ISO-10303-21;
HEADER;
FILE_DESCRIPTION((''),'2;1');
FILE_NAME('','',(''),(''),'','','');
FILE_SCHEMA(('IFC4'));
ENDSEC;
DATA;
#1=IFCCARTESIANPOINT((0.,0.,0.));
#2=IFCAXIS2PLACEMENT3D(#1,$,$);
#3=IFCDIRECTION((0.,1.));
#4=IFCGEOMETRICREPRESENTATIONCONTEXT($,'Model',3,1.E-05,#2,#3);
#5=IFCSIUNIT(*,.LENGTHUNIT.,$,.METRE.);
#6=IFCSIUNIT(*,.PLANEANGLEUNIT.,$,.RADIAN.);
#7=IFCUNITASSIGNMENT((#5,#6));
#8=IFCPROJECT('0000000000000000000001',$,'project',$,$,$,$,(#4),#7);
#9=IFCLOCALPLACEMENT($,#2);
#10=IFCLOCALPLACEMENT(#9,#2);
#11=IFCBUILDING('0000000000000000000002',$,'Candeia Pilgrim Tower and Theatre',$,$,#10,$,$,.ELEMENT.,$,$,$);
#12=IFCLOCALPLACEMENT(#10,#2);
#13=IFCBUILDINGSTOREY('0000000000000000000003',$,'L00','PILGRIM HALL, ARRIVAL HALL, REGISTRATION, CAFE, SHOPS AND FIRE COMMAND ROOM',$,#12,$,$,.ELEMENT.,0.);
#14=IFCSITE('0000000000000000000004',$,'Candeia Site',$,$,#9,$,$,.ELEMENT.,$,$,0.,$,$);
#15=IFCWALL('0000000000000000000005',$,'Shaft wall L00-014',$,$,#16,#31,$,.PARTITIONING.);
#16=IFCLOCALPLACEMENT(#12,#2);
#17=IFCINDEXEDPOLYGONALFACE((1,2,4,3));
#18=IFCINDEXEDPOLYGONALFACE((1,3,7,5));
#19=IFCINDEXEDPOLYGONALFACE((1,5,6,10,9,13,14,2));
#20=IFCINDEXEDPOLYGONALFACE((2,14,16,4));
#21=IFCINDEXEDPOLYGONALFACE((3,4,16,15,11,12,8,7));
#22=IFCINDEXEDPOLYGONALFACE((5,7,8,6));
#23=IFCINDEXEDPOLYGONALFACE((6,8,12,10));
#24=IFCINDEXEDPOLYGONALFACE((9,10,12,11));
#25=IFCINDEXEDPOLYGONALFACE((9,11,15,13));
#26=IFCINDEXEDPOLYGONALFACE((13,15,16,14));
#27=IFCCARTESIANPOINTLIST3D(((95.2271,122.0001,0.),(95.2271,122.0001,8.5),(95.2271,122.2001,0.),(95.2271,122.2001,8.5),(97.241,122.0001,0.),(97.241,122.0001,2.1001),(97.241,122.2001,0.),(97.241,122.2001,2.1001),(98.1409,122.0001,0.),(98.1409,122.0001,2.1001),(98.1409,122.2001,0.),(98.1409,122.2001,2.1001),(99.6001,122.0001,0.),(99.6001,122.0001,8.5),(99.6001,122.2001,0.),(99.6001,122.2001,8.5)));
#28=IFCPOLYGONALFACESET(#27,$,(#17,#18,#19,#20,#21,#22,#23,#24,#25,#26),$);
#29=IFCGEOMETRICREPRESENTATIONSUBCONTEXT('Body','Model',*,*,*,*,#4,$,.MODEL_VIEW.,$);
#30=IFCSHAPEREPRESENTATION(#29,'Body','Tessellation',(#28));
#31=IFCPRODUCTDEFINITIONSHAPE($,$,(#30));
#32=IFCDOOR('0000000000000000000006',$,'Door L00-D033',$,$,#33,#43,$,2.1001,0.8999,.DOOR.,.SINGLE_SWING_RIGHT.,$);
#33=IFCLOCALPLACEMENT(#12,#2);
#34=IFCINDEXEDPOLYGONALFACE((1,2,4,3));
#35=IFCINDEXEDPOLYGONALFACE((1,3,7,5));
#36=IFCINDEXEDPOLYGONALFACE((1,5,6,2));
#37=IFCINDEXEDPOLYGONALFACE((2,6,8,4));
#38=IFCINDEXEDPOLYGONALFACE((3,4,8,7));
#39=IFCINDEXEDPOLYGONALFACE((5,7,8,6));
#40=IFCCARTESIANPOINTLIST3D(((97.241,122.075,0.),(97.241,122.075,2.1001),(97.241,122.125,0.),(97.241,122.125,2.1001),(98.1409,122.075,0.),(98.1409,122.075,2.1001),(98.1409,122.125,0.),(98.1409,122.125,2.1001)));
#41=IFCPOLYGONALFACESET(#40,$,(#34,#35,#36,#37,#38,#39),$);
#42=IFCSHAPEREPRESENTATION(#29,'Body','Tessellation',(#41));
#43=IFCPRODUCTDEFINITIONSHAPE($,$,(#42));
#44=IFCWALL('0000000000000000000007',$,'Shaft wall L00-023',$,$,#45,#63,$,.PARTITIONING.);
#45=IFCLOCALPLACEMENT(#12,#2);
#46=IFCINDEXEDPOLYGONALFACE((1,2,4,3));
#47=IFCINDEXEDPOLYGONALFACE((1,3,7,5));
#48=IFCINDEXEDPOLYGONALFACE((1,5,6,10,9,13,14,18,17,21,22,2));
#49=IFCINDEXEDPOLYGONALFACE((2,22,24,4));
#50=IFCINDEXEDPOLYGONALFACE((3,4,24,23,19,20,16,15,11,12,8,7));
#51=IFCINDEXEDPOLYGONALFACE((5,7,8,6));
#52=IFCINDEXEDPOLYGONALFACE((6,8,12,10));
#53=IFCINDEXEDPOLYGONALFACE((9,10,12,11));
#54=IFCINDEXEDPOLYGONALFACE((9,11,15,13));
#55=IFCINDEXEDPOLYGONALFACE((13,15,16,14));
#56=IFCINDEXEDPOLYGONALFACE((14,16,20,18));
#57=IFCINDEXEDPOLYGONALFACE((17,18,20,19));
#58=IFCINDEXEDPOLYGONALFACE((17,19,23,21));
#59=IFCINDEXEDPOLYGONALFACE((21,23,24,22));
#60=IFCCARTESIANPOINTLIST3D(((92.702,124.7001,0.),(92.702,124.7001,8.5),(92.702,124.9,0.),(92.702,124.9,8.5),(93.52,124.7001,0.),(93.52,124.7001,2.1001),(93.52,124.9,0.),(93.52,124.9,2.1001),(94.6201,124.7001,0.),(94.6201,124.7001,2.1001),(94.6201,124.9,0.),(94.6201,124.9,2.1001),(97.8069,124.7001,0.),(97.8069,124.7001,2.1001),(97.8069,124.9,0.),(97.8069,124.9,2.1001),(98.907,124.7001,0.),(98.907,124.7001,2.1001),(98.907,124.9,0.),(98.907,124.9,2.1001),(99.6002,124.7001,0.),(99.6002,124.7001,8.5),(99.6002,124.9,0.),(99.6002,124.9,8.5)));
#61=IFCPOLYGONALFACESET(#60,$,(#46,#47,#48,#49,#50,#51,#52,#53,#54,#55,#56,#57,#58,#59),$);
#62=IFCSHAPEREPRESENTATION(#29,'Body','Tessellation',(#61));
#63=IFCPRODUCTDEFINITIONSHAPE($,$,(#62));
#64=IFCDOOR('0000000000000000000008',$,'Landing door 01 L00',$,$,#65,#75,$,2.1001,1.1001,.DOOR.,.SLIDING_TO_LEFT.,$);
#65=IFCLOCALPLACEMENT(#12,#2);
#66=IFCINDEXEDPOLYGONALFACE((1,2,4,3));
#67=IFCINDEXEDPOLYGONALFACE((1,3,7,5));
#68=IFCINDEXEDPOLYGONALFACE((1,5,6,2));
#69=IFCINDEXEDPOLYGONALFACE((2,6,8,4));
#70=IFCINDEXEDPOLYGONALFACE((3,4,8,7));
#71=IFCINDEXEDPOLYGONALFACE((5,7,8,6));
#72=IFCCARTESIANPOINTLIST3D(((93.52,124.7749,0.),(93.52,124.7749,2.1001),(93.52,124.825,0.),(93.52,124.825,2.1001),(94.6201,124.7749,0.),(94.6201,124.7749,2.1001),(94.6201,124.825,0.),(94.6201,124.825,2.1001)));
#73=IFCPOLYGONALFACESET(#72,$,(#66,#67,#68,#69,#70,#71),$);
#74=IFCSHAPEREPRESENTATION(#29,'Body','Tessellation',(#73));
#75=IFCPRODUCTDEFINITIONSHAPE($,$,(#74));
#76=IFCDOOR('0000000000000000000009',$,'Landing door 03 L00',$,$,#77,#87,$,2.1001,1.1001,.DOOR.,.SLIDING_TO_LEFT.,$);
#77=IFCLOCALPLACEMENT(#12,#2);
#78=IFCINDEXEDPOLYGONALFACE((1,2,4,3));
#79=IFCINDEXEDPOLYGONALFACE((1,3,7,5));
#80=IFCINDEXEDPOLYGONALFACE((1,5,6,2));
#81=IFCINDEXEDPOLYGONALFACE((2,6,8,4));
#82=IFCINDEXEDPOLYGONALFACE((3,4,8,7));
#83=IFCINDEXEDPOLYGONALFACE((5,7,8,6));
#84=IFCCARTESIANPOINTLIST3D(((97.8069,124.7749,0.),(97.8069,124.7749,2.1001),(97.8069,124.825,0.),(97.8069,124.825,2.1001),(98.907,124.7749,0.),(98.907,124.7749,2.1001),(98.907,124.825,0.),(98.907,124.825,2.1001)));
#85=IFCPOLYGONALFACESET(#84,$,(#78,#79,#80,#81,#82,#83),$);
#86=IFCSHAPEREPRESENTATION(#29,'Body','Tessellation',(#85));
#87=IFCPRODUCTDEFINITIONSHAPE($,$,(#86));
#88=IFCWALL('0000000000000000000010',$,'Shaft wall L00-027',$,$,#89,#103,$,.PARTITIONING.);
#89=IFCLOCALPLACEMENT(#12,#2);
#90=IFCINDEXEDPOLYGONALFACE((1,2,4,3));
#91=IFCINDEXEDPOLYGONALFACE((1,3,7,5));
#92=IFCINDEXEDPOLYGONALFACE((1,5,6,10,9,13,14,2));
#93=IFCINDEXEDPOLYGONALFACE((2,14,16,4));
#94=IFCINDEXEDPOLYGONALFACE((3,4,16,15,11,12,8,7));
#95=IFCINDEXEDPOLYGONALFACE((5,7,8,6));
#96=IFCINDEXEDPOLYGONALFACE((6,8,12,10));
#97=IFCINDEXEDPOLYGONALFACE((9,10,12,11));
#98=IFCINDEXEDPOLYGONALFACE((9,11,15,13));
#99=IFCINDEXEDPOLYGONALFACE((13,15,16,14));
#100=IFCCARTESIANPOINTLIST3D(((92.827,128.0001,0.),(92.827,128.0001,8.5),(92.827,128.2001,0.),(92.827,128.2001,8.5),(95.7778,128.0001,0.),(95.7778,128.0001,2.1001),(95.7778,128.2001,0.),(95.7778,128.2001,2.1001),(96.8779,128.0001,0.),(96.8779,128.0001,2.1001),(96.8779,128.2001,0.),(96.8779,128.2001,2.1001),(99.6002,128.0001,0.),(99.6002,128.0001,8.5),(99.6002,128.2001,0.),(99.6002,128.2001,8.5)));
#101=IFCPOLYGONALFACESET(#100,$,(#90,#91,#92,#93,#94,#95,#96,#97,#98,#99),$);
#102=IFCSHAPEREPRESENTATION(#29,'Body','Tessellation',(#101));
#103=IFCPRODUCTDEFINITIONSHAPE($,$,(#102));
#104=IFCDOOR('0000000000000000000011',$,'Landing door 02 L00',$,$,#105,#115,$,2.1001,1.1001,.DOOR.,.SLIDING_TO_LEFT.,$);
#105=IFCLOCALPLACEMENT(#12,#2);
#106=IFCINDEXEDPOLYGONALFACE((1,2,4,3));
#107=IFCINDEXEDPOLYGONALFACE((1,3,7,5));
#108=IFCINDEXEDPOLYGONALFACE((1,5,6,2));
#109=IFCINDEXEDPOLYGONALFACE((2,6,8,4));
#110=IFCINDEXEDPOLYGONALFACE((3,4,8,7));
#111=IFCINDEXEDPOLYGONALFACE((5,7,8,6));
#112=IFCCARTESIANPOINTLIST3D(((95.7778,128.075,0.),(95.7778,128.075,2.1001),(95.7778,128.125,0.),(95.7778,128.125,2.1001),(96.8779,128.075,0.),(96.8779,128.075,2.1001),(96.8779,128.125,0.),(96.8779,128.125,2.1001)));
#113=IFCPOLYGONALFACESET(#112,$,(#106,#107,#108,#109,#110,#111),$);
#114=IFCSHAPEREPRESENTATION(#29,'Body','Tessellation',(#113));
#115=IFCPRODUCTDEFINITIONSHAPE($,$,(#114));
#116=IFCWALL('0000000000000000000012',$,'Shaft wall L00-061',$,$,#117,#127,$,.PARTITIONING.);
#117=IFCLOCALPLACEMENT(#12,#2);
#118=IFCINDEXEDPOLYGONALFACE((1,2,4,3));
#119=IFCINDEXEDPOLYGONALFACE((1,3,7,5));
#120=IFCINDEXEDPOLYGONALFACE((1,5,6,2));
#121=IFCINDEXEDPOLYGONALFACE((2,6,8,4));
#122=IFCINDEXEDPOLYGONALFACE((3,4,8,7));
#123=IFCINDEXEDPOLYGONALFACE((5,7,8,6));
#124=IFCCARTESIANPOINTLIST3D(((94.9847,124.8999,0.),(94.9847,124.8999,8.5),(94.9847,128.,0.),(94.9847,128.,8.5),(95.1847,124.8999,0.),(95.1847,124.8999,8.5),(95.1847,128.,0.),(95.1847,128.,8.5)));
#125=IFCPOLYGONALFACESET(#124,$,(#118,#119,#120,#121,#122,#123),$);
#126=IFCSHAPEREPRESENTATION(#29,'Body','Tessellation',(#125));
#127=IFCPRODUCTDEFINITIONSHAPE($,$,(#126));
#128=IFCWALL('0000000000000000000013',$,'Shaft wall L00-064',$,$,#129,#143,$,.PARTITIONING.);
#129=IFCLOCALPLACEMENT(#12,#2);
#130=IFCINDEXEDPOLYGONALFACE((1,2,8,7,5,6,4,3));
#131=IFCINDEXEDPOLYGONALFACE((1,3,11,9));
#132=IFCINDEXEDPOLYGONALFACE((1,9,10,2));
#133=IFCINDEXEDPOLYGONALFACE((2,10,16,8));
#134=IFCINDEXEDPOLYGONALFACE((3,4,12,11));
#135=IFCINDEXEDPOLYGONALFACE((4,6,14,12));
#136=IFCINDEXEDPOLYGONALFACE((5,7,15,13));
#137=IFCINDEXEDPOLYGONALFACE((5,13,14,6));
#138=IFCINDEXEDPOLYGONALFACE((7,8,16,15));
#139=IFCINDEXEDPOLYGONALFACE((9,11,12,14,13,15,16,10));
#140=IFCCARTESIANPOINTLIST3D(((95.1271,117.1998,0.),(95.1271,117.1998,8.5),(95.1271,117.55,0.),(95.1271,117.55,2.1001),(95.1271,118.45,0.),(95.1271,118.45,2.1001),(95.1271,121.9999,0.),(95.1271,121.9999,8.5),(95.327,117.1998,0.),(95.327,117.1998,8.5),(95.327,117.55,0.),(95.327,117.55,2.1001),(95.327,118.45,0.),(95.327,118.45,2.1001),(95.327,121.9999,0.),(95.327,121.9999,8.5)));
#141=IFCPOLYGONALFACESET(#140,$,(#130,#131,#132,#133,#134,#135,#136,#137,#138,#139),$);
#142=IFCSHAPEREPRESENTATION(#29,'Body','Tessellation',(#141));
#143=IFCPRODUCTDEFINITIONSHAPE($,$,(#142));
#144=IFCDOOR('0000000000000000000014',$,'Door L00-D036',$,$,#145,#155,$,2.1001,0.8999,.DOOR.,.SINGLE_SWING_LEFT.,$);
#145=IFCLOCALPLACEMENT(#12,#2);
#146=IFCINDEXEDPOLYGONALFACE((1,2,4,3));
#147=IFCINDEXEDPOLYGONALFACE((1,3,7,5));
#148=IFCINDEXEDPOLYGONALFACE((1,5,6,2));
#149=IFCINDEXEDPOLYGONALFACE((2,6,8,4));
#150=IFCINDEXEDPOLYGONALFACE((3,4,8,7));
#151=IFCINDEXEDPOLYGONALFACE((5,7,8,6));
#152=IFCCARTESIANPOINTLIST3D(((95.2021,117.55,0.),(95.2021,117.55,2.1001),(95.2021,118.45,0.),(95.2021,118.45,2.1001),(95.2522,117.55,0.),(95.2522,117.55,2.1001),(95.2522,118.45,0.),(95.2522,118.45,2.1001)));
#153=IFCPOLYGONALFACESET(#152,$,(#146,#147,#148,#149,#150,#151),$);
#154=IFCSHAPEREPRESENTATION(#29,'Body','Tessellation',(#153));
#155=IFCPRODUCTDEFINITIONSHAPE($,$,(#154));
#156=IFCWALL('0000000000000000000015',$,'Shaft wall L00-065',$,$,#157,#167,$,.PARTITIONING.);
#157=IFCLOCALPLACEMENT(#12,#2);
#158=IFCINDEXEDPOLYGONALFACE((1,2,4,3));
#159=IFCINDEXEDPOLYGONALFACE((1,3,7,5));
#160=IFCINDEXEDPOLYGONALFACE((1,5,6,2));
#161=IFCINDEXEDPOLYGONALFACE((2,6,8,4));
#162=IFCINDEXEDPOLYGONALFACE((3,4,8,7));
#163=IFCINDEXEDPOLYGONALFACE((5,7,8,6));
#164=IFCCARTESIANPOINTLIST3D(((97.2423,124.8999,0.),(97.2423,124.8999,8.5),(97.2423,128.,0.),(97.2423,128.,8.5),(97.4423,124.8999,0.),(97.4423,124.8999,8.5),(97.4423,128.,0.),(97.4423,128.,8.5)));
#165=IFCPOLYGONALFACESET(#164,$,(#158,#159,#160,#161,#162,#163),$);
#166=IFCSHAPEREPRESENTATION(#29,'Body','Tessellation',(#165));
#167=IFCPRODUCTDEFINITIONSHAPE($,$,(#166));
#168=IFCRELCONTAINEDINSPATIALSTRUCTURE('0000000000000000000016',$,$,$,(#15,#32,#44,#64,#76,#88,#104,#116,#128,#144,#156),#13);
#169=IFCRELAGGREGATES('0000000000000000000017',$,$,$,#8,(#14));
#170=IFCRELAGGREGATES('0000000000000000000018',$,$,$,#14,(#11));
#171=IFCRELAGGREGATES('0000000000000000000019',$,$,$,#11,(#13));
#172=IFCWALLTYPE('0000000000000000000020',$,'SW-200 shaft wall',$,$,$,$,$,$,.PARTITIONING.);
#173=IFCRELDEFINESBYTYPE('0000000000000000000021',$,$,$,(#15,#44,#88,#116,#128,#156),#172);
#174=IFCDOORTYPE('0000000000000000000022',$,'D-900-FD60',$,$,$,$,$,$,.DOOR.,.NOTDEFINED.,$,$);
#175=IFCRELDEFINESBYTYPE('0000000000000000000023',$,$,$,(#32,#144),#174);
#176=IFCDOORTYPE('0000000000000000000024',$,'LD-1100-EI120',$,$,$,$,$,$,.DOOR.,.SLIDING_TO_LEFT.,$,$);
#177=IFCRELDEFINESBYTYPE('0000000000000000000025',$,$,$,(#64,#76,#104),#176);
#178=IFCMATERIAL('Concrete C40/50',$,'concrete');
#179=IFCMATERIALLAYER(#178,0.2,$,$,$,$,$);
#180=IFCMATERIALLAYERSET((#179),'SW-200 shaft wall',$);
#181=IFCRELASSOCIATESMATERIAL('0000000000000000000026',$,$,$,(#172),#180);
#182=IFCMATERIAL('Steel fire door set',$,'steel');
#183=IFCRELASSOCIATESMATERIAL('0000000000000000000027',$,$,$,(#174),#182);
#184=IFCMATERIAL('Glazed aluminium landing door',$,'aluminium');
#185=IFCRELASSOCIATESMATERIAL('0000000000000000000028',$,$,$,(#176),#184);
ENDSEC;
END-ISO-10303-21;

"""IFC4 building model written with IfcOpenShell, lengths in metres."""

from ifc_helpers import new_model, si_unit, direction, frame, frame_2d, origin, place, context, subcontext, project, spatial, rectangle, extrude, material, layer, layer_set, type_object, element, fill, save


model = new_model("IFC4")

# Units and contexts
model_context = context("Model", 3, precision=1e-05, world=origin(), true_north=direction((0.0, 1.0)))
body_context = subcontext(model_context, "Body", "Model", "MODEL_VIEW")
ifc_project = project(units=[si_unit("LENGTHUNIT", "METRE"), si_unit("PLANEANGLEUNIT", "RADIAN")], contexts=[model_context])

# Site, building, storey
site_placement = place(None, origin())
site = spatial("IfcSite", under=ifc_project, at=site_placement, Name="Candeia Site", CompositionType="ELEMENT", RefElevation=0.0)
building_placement = place(site_placement, origin())
building = spatial("IfcBuilding", under=site, at=building_placement, Name="Candeia Pilgrim Tower and Theatre", CompositionType="ELEMENT")
storey_placement = place(building_placement, origin())
storey = spatial("IfcBuildingStorey", under=building, at=storey_placement, Name="L00", Description="PILGRIM HALL, ARRIVAL HALL, REGISTRATION, CAFE, SHOPS AND FIRE COMMAND ROOM", CompositionType="ELEMENT", Elevation=0.0)

# Shared definitions
ifc_material_1 = material(Name="Concrete C40/50", Category="concrete")

# Shared definitions
ifc_material_2 = material(Name="Steel fire door set", Category="steel")

# Shared definitions
ifc_layer_1 = layer(ifc_material_1, 0.2)
ifc_layer_set_1 = layer_set([ifc_layer_1], Name="SW-200 shaft wall")
wall_type_1 = type_object("IfcWallType", Name="SW-200 shaft wall", PredefinedType="PARTITIONING", material=ifc_layer_set_1)

# Wall, opening, door
wall_1_placement = place(storey_placement, frame((95.2271, 122.1001, 0.0), z_axis=(0.0, 0.0, 1.0), x_axis=(1.0, 0.0, 0.0)))
wall_1 = element("IfcWall", 1, at=wall_1_placement, inside=storey, type_object=wall_type_1, Name="Shaft wall L00-014", PredefinedType="PARTITIONING", context=body_context, shape_type="SweptSolid", body=[
    extrude(rectangle(XDim=4.373, YDim=0.2, at=frame_2d((2.1865, 0.0))), origin(), (0.0, 0.0, 1.0), 8.5),
])
opening_1_placement = place(wall_1_placement, frame((2.0139, 0.0, 0.0)))
opening_1 = element("IfcOpeningElement", 2, at=opening_1_placement, cuts=wall_1, PredefinedType="OPENING", context=body_context, shape_type="SweptSolid", body=[
    extrude(rectangle(XDim=0.8999, YDim=2.1001, at=frame_2d((0.45, 1.05))), frame((0.0, 0.1099, 0.0), z_axis=(0.0, -1.0, 0.0), x_axis=(1.0, 0.0, 0.0)), (0.0, 0.0, 1.0), 0.22),
])
door_type_1 = type_object("IfcDoorType", Name="D-900-FD60", OperationType="NOTDEFINED", PredefinedType="DOOR", material=ifc_material_2)
door_1_placement = place(opening_1_placement, origin())
door_1 = element("IfcDoor", 3, at=door_1_placement, inside=storey, type_object=door_type_1, Name="Door L00-D033", OperationType="SINGLE_SWING_RIGHT", OverallHeight=2.1001, OverallWidth=0.8999, PredefinedType="DOOR", context=body_context, shape_type="SweptSolid", body=[
    extrude(rectangle(XDim=0.8999, YDim=2.1001, at=frame_2d((0.45, 1.05))), frame((0.0, 0.0249, 0.0), z_axis=(0.0, -1.0, 0.0), x_axis=(1.0, 0.0, 0.0)), (0.0, 0.0, 1.0), 0.05),
])
fill(opening_1, door_1)

# Wall, openings, doors
wall_2_placement = place(storey_placement, frame((92.7019, 124.8, 0.0), z_axis=(0.0, 0.0, 1.0), x_axis=(1.0, 0.0, 0.0)))
wall_2 = element("IfcWall", 4, at=wall_2_placement, inside=storey, type_object=wall_type_1, Name="Shaft wall L00-023", PredefinedType="PARTITIONING", context=body_context, shape_type="SweptSolid", body=[
    extrude(rectangle(XDim=6.8982, YDim=0.2, at=frame_2d((3.4492, 0.0))), origin(), (0.0, 0.0, 1.0), 8.5),
])
opening_2_placement = place(wall_2_placement, frame((0.8181, 0.0, 0.0)))
opening_2 = element("IfcOpeningElement", 5, at=opening_2_placement, cuts=wall_2, PredefinedType="OPENING", context=body_context, shape_type="SweptSolid", body=[
    extrude(rectangle(XDim=1.1001, YDim=2.1001, at=frame_2d((0.55, 1.05))), frame((0.0, 0.1099, 0.0), z_axis=(0.0, -1.0, 0.0), x_axis=(1.0, 0.0, 0.0)), (0.0, 0.0, 1.0), 0.22),
])
opening_3_placement = place(wall_2_placement, frame((5.105, 0.0, 0.0)))
opening_3 = element("IfcOpeningElement", 6, at=opening_3_placement, cuts=wall_2, PredefinedType="OPENING", context=body_context, shape_type="SweptSolid", body=[
    extrude(rectangle(XDim=1.1001, YDim=2.1001, at=frame_2d((0.55, 1.05))), frame((0.0, 0.1099, 0.0), z_axis=(0.0, -1.0, 0.0), x_axis=(1.0, 0.0, 0.0)), (0.0, 0.0, 1.0), 0.22),
])
ifc_material_3 = material(Name="Glazed aluminium landing door", Category="aluminium")
door_type_2 = type_object("IfcDoorType", Name="LD-1100-EI120", OperationType="SLIDING_TO_LEFT", PredefinedType="DOOR", material=ifc_material_3)
door_2_placement = place(opening_2_placement, origin())
door_2 = element("IfcDoor", 7, at=door_2_placement, inside=storey, type_object=door_type_2, Name="Landing door 01 L00", OperationType="SLIDING_TO_LEFT", OverallHeight=2.1001, OverallWidth=1.1001, PredefinedType="DOOR", context=body_context, shape_type="SweptSolid", body=[
    extrude(rectangle(XDim=1.1001, YDim=2.1001, at=frame_2d((0.55, 1.05))), frame((0.0, 0.0249, 0.0), z_axis=(0.0, -1.0, 0.0), x_axis=(1.0, 0.0, 0.0)), (0.0, 0.0, 1.0), 0.05),
])
fill(opening_2, door_2)
door_3_placement = place(opening_3_placement, origin())
door_3 = element("IfcDoor", 8, at=door_3_placement, inside=storey, type_object=door_type_2, Name="Landing door 03 L00", OperationType="SLIDING_TO_LEFT", OverallHeight=2.1001, OverallWidth=1.1001, PredefinedType="DOOR", context=body_context, shape_type="SweptSolid", body=[
    extrude(rectangle(XDim=1.1001, YDim=2.1001, at=frame_2d((0.55, 1.05))), frame((0.0, 0.0249, 0.0), z_axis=(0.0, -1.0, 0.0), x_axis=(1.0, 0.0, 0.0)), (0.0, 0.0, 1.0), 0.05),
])
fill(opening_3, door_3)

# Wall, opening, door
wall_3_placement = place(storey_placement, frame((92.8269, 128.1001, 0.0), z_axis=(0.0, 0.0, 1.0), x_axis=(1.0, 0.0, 0.0)))
wall_3 = element("IfcWall", 9, at=wall_3_placement, inside=storey, type_object=wall_type_1, Name="Shaft wall L00-027", PredefinedType="PARTITIONING", context=body_context, shape_type="SweptSolid", body=[
    extrude(rectangle(XDim=6.7732, YDim=0.2, at=frame_2d((3.3867, 0.0))), origin(), (0.0, 0.0, 1.0), 8.5),
])
opening_4_placement = place(wall_3_placement, frame((2.9509, 0.0, 0.0)))
opening_4 = element("IfcOpeningElement", 10, at=opening_4_placement, cuts=wall_3, PredefinedType="OPENING", context=body_context, shape_type="SweptSolid", body=[
    extrude(rectangle(XDim=1.1001, YDim=2.1001, at=frame_2d((0.55, 1.05))), frame((0.0, 0.1099, 0.0), z_axis=(0.0, -1.0, 0.0), x_axis=(1.0, 0.0, 0.0)), (0.0, 0.0, 1.0), 0.22),
])
door_4_placement = place(opening_4_placement, origin())
door_4 = element("IfcDoor", 11, at=door_4_placement, inside=storey, type_object=door_type_2, Name="Landing door 02 L00", OperationType="SLIDING_TO_LEFT", OverallHeight=2.1001, OverallWidth=1.1001, PredefinedType="DOOR", context=body_context, shape_type="SweptSolid", body=[
    extrude(rectangle(XDim=1.1001, YDim=2.1001, at=frame_2d((0.55, 1.05))), frame((0.0, 0.0249, 0.0), z_axis=(0.0, -1.0, 0.0), x_axis=(1.0, 0.0, 0.0)), (0.0, 0.0, 1.0), 0.05),
])
fill(opening_4, door_4)

# Wall
wall_4_placement = place(storey_placement, frame((95.0847, 124.8999, 0.0), z_axis=(0.0, 0.0, 1.0), x_axis=(0.0, 1.0, 0.0)))
element("IfcWall", 12, at=wall_4_placement, inside=storey, type_object=wall_type_1, Name="Shaft wall L00-061", PredefinedType="PARTITIONING", context=body_context, shape_type="SweptSolid", body=[
    extrude(rectangle(XDim=3.1001, YDim=0.2, at=frame_2d((1.55, 0.0))), origin(), (0.0, 0.0, 1.0), 8.5),
])

# Wall, opening, door
wall_5_placement = place(storey_placement, frame((95.2271, 117.2, 0.0), z_axis=(0.0, 0.0, 1.0), x_axis=(0.0, 1.0, 0.0)))
wall_5 = element("IfcWall", 13, at=wall_5_placement, inside=storey, type_object=wall_type_1, Name="Shaft wall L00-064", PredefinedType="PARTITIONING", context=body_context, shape_type="SweptSolid", body=[
    extrude(rectangle(XDim=4.8, YDim=0.2, at=frame_2d((2.3999, 0.0))), origin(), (0.0, 0.0, 1.0), 8.5),
])
opening_5_placement = place(wall_5_placement, frame((0.3501, 0.0, 0.0)))
opening_5 = element("IfcOpeningElement", 14, at=opening_5_placement, cuts=wall_5, PredefinedType="OPENING", context=body_context, shape_type="SweptSolid", body=[
    extrude(rectangle(XDim=0.8999, YDim=2.1001, at=frame_2d((0.45, 1.05))), frame((0.0, 0.1099, 0.0), z_axis=(0.0, -1.0, 0.0), x_axis=(1.0, 0.0, 0.0)), (0.0, 0.0, 1.0), 0.22),
])
door_5_placement = place(opening_5_placement, origin())
door_5 = element("IfcDoor", 15, at=door_5_placement, inside=storey, type_object=door_type_1, Name="Door L00-D036", OperationType="SINGLE_SWING_LEFT", OverallHeight=2.1001, OverallWidth=0.8999, PredefinedType="DOOR", context=body_context, shape_type="SweptSolid", body=[
    extrude(rectangle(XDim=0.8999, YDim=2.1001, at=frame_2d((0.45, 1.05))), frame((0.0, 0.0249, 0.0), z_axis=(0.0, -1.0, 0.0), x_axis=(1.0, 0.0, 0.0)), (0.0, 0.0, 1.0), 0.05),
])
fill(opening_5, door_5)

# Wall
wall_6_placement = place(storey_placement, frame((97.3423, 124.8999, 0.0), z_axis=(0.0, 0.0, 1.0), x_axis=(0.0, 1.0, 0.0)))
element("IfcWall", 16, at=wall_6_placement, inside=storey, type_object=wall_type_1, Name="Shaft wall L00-065", PredefinedType="PARTITIONING", context=body_context, shape_type="SweptSolid", body=[
    extrude(rectangle(XDim=3.1001, YDim=0.2, at=frame_2d((1.55, 0.0))), origin(), (0.0, 0.0, 1.0), 8.5),
])

save(model, "model.ifc")
